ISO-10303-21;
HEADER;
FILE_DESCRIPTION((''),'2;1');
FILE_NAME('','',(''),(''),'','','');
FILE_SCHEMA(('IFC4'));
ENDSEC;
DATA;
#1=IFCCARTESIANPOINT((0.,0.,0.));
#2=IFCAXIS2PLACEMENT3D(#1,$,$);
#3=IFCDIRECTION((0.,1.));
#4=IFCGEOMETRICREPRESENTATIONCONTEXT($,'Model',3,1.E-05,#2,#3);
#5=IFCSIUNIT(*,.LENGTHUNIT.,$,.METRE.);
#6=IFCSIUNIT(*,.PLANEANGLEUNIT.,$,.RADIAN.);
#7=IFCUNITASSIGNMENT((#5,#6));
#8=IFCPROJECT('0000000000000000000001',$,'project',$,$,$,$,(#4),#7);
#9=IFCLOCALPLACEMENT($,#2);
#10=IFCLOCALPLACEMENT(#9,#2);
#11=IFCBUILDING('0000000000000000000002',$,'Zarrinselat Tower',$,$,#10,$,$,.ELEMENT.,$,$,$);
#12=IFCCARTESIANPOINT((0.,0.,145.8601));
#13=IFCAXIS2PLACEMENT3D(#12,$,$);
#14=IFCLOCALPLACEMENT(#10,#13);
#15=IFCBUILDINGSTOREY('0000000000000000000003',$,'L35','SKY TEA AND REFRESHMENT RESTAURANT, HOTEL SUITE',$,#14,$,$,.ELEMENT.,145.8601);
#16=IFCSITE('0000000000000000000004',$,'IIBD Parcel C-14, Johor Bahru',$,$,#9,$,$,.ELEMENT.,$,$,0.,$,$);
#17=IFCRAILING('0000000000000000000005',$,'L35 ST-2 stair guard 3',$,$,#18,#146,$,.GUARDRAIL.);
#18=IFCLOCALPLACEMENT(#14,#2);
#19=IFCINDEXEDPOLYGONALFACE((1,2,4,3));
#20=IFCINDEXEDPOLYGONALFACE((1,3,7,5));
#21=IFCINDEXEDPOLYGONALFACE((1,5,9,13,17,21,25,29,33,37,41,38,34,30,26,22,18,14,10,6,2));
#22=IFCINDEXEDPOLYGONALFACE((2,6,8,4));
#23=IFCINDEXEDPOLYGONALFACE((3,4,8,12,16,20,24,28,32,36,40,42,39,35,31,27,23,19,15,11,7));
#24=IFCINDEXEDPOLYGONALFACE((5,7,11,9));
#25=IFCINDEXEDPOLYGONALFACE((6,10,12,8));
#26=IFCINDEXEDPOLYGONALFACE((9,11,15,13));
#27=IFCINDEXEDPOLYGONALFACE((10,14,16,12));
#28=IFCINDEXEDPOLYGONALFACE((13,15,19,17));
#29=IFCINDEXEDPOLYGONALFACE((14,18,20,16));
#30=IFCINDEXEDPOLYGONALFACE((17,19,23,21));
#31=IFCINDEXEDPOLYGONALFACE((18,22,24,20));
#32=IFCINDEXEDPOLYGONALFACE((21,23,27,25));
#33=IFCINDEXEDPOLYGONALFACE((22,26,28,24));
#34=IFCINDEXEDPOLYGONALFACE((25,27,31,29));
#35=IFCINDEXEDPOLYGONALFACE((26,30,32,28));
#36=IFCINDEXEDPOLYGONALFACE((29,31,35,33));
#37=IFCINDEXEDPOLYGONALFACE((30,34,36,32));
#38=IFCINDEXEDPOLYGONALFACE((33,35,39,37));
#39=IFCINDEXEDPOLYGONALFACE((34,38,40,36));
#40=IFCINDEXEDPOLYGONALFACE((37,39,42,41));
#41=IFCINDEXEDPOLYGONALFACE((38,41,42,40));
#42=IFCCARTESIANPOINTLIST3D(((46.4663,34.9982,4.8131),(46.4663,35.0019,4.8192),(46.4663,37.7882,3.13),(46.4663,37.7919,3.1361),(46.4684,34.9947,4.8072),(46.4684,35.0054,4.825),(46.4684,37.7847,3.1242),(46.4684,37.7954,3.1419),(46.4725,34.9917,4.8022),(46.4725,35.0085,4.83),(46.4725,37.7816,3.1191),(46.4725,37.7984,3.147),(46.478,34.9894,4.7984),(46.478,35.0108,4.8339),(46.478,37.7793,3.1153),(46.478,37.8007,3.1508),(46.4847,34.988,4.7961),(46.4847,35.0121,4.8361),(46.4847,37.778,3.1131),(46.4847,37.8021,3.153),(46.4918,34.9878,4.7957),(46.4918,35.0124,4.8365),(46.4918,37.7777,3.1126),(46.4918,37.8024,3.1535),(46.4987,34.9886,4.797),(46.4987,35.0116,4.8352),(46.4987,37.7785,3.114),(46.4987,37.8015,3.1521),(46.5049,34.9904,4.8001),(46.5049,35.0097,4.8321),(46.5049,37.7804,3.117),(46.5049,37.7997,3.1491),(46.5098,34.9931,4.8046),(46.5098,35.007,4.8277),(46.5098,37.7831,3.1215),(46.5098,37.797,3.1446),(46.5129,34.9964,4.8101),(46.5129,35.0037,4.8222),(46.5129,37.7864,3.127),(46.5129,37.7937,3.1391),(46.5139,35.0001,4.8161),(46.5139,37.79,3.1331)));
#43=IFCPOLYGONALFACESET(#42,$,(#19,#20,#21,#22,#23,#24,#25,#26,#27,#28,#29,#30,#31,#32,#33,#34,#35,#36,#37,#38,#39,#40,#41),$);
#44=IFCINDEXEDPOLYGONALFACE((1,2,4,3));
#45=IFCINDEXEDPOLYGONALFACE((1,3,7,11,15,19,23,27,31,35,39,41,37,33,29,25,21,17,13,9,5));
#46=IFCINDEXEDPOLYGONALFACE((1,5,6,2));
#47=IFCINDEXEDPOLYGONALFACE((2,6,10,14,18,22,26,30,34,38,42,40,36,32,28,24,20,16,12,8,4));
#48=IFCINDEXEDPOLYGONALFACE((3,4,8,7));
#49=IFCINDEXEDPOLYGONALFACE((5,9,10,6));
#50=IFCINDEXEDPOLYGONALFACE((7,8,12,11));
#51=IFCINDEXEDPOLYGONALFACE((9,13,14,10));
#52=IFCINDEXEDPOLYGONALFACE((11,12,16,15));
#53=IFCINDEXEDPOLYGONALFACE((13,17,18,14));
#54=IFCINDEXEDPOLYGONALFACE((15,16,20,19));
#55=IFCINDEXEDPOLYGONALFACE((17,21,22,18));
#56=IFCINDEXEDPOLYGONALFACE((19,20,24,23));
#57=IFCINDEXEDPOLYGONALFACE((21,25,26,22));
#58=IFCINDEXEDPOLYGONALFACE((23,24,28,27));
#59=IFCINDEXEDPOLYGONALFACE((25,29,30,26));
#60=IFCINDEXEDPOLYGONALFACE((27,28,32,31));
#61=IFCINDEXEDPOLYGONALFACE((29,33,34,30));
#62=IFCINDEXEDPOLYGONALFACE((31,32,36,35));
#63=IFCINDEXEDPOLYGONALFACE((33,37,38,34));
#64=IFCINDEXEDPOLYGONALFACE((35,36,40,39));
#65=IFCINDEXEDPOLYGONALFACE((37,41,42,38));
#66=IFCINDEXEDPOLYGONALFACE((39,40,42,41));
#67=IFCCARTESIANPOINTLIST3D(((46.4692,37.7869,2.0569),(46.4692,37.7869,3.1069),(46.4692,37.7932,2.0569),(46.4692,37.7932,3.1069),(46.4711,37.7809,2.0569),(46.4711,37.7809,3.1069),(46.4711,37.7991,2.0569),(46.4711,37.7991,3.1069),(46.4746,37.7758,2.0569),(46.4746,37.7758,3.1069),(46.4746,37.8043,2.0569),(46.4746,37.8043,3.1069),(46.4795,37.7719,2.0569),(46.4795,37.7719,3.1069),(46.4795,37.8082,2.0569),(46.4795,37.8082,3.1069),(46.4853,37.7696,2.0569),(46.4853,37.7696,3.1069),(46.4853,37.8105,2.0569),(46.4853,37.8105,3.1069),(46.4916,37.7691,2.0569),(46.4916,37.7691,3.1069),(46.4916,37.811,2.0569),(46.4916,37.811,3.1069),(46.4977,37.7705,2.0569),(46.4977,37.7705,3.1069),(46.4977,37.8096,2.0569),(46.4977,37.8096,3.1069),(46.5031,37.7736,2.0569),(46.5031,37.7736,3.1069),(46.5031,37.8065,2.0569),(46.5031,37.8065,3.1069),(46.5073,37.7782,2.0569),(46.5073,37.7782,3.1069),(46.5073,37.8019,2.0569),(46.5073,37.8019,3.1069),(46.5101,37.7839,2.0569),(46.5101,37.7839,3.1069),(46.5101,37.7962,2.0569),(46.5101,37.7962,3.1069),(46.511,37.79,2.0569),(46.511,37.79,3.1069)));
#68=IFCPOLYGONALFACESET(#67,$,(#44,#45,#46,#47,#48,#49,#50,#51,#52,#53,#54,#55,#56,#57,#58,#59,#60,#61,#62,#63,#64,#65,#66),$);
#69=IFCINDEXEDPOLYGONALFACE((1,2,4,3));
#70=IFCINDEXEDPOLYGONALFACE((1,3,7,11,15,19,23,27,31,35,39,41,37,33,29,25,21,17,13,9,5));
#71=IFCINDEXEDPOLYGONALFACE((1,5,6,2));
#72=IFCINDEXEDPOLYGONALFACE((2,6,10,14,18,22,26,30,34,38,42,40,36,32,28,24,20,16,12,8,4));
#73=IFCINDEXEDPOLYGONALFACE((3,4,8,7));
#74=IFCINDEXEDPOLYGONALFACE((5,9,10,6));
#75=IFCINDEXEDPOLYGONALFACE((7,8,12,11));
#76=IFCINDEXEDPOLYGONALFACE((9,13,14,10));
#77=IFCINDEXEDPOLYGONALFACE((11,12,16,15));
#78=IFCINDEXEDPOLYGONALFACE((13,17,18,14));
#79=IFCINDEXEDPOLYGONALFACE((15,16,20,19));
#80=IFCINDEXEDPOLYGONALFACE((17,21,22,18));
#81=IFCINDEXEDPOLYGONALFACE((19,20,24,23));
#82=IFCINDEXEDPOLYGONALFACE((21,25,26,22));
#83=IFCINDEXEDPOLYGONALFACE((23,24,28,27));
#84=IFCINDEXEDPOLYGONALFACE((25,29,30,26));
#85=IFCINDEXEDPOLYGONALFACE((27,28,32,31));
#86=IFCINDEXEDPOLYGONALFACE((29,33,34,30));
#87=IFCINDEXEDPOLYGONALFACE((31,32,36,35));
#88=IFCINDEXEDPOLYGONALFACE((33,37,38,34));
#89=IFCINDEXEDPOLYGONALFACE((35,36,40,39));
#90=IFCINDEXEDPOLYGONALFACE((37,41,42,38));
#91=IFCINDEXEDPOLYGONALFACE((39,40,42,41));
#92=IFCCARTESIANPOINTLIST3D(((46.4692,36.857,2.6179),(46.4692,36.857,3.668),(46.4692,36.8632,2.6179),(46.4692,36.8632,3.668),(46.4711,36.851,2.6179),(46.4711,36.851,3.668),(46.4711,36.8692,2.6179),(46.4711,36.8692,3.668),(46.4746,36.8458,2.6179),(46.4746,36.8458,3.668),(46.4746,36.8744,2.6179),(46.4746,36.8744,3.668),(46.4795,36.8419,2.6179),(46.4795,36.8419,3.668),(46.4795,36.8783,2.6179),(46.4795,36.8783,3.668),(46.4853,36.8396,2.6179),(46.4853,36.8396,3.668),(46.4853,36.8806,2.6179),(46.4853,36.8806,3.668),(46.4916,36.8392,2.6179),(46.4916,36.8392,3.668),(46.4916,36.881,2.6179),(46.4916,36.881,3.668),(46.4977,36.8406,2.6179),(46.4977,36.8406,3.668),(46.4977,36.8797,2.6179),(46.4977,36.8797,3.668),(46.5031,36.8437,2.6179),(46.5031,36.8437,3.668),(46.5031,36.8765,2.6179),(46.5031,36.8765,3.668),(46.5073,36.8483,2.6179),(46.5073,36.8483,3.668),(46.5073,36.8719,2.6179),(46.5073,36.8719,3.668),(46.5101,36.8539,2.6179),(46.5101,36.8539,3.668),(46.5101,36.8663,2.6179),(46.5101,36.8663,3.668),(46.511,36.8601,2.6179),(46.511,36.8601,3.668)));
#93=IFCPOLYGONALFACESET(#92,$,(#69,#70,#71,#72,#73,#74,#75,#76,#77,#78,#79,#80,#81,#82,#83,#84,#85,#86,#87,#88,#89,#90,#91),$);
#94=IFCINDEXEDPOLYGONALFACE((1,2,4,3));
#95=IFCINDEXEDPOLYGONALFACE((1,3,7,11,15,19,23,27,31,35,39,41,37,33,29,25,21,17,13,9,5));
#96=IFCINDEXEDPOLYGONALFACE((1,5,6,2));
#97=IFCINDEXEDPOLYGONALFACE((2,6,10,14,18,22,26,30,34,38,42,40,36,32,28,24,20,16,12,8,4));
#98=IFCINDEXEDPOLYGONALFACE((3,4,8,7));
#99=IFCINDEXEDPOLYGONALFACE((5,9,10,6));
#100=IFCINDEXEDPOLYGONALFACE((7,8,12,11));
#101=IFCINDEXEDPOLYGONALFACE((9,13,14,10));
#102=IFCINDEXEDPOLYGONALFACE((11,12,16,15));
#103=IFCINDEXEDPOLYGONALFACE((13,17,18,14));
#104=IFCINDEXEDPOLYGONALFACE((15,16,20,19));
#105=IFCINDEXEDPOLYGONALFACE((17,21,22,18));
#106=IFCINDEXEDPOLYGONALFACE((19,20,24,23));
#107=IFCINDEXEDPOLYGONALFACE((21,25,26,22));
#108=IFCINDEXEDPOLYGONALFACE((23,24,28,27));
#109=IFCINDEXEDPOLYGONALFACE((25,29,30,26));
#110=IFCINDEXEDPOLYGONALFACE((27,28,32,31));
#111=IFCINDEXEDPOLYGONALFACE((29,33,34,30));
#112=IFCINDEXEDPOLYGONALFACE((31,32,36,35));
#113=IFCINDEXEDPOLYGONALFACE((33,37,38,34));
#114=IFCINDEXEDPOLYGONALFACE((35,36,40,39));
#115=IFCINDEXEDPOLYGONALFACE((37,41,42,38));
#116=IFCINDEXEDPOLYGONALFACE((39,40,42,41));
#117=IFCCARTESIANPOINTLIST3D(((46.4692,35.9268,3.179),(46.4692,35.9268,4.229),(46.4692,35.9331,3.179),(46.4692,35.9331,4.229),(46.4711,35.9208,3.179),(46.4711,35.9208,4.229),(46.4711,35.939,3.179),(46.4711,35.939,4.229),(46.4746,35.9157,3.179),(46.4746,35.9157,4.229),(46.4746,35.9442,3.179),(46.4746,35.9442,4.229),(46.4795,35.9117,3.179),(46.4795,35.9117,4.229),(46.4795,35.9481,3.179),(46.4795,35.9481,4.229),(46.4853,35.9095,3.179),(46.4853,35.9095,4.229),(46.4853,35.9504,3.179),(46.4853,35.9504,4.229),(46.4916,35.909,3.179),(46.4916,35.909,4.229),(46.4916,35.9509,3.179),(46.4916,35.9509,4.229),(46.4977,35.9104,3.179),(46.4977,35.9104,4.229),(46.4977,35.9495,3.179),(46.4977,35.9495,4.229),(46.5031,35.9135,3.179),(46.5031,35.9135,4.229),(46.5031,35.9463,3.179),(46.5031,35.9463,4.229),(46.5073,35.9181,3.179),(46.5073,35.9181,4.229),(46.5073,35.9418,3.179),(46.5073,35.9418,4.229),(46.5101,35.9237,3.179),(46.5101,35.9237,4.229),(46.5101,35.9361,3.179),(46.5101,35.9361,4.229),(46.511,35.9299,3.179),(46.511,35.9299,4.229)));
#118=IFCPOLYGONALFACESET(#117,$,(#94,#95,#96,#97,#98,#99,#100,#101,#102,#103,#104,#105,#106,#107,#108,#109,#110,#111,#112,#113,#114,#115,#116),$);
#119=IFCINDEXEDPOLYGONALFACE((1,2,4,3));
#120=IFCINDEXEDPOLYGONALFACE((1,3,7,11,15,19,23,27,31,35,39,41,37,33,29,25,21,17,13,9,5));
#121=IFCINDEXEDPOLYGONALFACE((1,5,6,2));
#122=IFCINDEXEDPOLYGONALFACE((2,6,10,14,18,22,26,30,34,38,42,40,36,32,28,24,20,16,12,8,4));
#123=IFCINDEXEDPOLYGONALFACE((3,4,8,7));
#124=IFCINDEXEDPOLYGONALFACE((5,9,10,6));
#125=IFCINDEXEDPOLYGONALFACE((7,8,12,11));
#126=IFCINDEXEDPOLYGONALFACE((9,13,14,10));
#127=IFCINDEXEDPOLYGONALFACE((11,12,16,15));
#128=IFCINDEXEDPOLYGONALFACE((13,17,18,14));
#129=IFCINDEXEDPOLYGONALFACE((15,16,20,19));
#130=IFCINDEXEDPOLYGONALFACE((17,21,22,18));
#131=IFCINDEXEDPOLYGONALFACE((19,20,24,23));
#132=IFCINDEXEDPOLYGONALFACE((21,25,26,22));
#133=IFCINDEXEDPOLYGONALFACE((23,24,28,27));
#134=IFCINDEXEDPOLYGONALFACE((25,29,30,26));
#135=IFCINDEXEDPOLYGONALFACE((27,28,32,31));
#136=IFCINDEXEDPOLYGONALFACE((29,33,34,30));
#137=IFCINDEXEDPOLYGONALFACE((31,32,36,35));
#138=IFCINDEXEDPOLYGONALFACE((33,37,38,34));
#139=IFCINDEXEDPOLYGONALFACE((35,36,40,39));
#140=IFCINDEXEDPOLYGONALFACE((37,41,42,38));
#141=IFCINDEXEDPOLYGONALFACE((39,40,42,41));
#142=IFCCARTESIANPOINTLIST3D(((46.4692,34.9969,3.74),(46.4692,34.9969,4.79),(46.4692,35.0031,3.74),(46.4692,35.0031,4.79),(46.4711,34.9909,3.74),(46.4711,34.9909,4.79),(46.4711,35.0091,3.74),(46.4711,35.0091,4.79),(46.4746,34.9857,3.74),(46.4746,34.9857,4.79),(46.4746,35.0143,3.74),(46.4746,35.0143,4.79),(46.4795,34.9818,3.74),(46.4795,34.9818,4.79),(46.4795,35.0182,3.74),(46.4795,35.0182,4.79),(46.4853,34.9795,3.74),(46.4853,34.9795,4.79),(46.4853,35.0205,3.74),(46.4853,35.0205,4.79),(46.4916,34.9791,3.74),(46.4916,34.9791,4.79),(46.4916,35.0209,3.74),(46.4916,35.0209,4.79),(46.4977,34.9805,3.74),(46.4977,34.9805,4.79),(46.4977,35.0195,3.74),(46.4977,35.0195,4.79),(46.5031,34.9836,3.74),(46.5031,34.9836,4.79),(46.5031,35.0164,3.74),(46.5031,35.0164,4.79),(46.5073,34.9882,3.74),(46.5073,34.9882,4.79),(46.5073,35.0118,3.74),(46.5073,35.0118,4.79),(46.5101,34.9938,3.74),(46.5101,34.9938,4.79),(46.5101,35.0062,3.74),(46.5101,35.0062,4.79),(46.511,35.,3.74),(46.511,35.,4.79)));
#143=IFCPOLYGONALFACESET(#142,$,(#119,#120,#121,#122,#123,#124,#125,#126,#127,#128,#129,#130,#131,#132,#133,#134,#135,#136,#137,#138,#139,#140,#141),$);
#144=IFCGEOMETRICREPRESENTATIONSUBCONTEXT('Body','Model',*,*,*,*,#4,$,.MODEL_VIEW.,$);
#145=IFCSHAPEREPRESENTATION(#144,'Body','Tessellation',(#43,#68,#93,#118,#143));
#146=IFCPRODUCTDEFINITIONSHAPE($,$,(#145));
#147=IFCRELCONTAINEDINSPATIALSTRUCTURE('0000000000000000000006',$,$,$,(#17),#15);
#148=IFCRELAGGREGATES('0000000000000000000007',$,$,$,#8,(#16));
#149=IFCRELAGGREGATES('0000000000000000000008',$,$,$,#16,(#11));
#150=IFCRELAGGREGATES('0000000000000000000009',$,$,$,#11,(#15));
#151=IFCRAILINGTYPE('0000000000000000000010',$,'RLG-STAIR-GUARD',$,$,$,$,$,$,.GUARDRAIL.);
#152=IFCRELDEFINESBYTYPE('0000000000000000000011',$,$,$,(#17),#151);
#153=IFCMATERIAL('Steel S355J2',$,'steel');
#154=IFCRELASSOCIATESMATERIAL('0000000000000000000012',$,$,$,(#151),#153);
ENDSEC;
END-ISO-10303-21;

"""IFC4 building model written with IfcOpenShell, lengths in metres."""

from ifc_helpers import new_model, si_unit, direction, frame, origin, origin_2d, place, context, subcontext, project, spatial, circle, extrude, material, type_object, element, save


model = new_model("IFC4")

# Units and contexts
model_context = context("Model", 3, precision=1e-05, world=origin(), true_north=direction((0.0, 1.0)))
body_context = subcontext(model_context, "Body", "Model", "MODEL_VIEW")
ifc_project = project(units=[si_unit("LENGTHUNIT", "METRE"), si_unit("PLANEANGLEUNIT", "RADIAN")], contexts=[model_context])

# Site, building, storey
site_placement = place(None, origin())
site = spatial("IfcSite", under=ifc_project, at=site_placement, Name="IIBD Parcel C-14, Johor Bahru", CompositionType="ELEMENT", RefElevation=0.0)
building_placement = place(site_placement, origin())
building = spatial("IfcBuilding", under=site, at=building_placement, Name="Zarrinselat Tower", CompositionType="ELEMENT")
storey_placement = place(building_placement, frame((0.0, 0.0, 145.8601)))
storey = spatial("IfcBuildingStorey", under=building, at=storey_placement, Name="L35", Description="SKY TEA AND REFRESHMENT RESTAURANT, HOTEL SUITE", CompositionType="ELEMENT", Elevation=145.8601)

# Railing
ifc_material_1 = material(Name="Steel S355J2", Category="steel")
railing_type_1 = type_object("IfcRailingType", Name="RLG-STAIR-GUARD", PredefinedType="GUARDRAIL", material=ifc_material_1)
railing_1_placement = place(storey_placement, frame((46.49, 37.79, 2.0569)))
element("IfcRailing", 1, at=railing_1_placement, inside=storey, type_object=railing_type_1, Name="L35 ST-2 stair guard 3", PredefinedType="GUARDRAIL", context=body_context, shape_type="SweptSolid", body=[
    extrude(circle(Radius=0.0239, at=origin_2d()), frame((0.0, 0.0, 1.0762), z_axis=(0.0, -0.856261, 0.516544), x_axis=(1.0, 0.0, 0.0)), (0.0, 0.0, 1.0), 3.2583),
    extrude(circle(Radius=0.021, at=origin_2d()), origin(), (0.0, 0.0, 1.0), 1.05),
    extrude(circle(Radius=0.021, at=origin_2d()), frame((0.0, -0.9299, 0.561)), (0.0, 0.0, 1.0), 1.05),
    extrude(circle(Radius=0.021, at=origin_2d()), frame((0.0, -1.8601, 1.1221)), (0.0, 0.0, 1.0), 1.05),
    extrude(circle(Radius=0.021, at=origin_2d()), frame((0.0, -2.79, 1.6831)), (0.0, 0.0, 1.0), 1.05),
])

save(model, "model.ifc")
